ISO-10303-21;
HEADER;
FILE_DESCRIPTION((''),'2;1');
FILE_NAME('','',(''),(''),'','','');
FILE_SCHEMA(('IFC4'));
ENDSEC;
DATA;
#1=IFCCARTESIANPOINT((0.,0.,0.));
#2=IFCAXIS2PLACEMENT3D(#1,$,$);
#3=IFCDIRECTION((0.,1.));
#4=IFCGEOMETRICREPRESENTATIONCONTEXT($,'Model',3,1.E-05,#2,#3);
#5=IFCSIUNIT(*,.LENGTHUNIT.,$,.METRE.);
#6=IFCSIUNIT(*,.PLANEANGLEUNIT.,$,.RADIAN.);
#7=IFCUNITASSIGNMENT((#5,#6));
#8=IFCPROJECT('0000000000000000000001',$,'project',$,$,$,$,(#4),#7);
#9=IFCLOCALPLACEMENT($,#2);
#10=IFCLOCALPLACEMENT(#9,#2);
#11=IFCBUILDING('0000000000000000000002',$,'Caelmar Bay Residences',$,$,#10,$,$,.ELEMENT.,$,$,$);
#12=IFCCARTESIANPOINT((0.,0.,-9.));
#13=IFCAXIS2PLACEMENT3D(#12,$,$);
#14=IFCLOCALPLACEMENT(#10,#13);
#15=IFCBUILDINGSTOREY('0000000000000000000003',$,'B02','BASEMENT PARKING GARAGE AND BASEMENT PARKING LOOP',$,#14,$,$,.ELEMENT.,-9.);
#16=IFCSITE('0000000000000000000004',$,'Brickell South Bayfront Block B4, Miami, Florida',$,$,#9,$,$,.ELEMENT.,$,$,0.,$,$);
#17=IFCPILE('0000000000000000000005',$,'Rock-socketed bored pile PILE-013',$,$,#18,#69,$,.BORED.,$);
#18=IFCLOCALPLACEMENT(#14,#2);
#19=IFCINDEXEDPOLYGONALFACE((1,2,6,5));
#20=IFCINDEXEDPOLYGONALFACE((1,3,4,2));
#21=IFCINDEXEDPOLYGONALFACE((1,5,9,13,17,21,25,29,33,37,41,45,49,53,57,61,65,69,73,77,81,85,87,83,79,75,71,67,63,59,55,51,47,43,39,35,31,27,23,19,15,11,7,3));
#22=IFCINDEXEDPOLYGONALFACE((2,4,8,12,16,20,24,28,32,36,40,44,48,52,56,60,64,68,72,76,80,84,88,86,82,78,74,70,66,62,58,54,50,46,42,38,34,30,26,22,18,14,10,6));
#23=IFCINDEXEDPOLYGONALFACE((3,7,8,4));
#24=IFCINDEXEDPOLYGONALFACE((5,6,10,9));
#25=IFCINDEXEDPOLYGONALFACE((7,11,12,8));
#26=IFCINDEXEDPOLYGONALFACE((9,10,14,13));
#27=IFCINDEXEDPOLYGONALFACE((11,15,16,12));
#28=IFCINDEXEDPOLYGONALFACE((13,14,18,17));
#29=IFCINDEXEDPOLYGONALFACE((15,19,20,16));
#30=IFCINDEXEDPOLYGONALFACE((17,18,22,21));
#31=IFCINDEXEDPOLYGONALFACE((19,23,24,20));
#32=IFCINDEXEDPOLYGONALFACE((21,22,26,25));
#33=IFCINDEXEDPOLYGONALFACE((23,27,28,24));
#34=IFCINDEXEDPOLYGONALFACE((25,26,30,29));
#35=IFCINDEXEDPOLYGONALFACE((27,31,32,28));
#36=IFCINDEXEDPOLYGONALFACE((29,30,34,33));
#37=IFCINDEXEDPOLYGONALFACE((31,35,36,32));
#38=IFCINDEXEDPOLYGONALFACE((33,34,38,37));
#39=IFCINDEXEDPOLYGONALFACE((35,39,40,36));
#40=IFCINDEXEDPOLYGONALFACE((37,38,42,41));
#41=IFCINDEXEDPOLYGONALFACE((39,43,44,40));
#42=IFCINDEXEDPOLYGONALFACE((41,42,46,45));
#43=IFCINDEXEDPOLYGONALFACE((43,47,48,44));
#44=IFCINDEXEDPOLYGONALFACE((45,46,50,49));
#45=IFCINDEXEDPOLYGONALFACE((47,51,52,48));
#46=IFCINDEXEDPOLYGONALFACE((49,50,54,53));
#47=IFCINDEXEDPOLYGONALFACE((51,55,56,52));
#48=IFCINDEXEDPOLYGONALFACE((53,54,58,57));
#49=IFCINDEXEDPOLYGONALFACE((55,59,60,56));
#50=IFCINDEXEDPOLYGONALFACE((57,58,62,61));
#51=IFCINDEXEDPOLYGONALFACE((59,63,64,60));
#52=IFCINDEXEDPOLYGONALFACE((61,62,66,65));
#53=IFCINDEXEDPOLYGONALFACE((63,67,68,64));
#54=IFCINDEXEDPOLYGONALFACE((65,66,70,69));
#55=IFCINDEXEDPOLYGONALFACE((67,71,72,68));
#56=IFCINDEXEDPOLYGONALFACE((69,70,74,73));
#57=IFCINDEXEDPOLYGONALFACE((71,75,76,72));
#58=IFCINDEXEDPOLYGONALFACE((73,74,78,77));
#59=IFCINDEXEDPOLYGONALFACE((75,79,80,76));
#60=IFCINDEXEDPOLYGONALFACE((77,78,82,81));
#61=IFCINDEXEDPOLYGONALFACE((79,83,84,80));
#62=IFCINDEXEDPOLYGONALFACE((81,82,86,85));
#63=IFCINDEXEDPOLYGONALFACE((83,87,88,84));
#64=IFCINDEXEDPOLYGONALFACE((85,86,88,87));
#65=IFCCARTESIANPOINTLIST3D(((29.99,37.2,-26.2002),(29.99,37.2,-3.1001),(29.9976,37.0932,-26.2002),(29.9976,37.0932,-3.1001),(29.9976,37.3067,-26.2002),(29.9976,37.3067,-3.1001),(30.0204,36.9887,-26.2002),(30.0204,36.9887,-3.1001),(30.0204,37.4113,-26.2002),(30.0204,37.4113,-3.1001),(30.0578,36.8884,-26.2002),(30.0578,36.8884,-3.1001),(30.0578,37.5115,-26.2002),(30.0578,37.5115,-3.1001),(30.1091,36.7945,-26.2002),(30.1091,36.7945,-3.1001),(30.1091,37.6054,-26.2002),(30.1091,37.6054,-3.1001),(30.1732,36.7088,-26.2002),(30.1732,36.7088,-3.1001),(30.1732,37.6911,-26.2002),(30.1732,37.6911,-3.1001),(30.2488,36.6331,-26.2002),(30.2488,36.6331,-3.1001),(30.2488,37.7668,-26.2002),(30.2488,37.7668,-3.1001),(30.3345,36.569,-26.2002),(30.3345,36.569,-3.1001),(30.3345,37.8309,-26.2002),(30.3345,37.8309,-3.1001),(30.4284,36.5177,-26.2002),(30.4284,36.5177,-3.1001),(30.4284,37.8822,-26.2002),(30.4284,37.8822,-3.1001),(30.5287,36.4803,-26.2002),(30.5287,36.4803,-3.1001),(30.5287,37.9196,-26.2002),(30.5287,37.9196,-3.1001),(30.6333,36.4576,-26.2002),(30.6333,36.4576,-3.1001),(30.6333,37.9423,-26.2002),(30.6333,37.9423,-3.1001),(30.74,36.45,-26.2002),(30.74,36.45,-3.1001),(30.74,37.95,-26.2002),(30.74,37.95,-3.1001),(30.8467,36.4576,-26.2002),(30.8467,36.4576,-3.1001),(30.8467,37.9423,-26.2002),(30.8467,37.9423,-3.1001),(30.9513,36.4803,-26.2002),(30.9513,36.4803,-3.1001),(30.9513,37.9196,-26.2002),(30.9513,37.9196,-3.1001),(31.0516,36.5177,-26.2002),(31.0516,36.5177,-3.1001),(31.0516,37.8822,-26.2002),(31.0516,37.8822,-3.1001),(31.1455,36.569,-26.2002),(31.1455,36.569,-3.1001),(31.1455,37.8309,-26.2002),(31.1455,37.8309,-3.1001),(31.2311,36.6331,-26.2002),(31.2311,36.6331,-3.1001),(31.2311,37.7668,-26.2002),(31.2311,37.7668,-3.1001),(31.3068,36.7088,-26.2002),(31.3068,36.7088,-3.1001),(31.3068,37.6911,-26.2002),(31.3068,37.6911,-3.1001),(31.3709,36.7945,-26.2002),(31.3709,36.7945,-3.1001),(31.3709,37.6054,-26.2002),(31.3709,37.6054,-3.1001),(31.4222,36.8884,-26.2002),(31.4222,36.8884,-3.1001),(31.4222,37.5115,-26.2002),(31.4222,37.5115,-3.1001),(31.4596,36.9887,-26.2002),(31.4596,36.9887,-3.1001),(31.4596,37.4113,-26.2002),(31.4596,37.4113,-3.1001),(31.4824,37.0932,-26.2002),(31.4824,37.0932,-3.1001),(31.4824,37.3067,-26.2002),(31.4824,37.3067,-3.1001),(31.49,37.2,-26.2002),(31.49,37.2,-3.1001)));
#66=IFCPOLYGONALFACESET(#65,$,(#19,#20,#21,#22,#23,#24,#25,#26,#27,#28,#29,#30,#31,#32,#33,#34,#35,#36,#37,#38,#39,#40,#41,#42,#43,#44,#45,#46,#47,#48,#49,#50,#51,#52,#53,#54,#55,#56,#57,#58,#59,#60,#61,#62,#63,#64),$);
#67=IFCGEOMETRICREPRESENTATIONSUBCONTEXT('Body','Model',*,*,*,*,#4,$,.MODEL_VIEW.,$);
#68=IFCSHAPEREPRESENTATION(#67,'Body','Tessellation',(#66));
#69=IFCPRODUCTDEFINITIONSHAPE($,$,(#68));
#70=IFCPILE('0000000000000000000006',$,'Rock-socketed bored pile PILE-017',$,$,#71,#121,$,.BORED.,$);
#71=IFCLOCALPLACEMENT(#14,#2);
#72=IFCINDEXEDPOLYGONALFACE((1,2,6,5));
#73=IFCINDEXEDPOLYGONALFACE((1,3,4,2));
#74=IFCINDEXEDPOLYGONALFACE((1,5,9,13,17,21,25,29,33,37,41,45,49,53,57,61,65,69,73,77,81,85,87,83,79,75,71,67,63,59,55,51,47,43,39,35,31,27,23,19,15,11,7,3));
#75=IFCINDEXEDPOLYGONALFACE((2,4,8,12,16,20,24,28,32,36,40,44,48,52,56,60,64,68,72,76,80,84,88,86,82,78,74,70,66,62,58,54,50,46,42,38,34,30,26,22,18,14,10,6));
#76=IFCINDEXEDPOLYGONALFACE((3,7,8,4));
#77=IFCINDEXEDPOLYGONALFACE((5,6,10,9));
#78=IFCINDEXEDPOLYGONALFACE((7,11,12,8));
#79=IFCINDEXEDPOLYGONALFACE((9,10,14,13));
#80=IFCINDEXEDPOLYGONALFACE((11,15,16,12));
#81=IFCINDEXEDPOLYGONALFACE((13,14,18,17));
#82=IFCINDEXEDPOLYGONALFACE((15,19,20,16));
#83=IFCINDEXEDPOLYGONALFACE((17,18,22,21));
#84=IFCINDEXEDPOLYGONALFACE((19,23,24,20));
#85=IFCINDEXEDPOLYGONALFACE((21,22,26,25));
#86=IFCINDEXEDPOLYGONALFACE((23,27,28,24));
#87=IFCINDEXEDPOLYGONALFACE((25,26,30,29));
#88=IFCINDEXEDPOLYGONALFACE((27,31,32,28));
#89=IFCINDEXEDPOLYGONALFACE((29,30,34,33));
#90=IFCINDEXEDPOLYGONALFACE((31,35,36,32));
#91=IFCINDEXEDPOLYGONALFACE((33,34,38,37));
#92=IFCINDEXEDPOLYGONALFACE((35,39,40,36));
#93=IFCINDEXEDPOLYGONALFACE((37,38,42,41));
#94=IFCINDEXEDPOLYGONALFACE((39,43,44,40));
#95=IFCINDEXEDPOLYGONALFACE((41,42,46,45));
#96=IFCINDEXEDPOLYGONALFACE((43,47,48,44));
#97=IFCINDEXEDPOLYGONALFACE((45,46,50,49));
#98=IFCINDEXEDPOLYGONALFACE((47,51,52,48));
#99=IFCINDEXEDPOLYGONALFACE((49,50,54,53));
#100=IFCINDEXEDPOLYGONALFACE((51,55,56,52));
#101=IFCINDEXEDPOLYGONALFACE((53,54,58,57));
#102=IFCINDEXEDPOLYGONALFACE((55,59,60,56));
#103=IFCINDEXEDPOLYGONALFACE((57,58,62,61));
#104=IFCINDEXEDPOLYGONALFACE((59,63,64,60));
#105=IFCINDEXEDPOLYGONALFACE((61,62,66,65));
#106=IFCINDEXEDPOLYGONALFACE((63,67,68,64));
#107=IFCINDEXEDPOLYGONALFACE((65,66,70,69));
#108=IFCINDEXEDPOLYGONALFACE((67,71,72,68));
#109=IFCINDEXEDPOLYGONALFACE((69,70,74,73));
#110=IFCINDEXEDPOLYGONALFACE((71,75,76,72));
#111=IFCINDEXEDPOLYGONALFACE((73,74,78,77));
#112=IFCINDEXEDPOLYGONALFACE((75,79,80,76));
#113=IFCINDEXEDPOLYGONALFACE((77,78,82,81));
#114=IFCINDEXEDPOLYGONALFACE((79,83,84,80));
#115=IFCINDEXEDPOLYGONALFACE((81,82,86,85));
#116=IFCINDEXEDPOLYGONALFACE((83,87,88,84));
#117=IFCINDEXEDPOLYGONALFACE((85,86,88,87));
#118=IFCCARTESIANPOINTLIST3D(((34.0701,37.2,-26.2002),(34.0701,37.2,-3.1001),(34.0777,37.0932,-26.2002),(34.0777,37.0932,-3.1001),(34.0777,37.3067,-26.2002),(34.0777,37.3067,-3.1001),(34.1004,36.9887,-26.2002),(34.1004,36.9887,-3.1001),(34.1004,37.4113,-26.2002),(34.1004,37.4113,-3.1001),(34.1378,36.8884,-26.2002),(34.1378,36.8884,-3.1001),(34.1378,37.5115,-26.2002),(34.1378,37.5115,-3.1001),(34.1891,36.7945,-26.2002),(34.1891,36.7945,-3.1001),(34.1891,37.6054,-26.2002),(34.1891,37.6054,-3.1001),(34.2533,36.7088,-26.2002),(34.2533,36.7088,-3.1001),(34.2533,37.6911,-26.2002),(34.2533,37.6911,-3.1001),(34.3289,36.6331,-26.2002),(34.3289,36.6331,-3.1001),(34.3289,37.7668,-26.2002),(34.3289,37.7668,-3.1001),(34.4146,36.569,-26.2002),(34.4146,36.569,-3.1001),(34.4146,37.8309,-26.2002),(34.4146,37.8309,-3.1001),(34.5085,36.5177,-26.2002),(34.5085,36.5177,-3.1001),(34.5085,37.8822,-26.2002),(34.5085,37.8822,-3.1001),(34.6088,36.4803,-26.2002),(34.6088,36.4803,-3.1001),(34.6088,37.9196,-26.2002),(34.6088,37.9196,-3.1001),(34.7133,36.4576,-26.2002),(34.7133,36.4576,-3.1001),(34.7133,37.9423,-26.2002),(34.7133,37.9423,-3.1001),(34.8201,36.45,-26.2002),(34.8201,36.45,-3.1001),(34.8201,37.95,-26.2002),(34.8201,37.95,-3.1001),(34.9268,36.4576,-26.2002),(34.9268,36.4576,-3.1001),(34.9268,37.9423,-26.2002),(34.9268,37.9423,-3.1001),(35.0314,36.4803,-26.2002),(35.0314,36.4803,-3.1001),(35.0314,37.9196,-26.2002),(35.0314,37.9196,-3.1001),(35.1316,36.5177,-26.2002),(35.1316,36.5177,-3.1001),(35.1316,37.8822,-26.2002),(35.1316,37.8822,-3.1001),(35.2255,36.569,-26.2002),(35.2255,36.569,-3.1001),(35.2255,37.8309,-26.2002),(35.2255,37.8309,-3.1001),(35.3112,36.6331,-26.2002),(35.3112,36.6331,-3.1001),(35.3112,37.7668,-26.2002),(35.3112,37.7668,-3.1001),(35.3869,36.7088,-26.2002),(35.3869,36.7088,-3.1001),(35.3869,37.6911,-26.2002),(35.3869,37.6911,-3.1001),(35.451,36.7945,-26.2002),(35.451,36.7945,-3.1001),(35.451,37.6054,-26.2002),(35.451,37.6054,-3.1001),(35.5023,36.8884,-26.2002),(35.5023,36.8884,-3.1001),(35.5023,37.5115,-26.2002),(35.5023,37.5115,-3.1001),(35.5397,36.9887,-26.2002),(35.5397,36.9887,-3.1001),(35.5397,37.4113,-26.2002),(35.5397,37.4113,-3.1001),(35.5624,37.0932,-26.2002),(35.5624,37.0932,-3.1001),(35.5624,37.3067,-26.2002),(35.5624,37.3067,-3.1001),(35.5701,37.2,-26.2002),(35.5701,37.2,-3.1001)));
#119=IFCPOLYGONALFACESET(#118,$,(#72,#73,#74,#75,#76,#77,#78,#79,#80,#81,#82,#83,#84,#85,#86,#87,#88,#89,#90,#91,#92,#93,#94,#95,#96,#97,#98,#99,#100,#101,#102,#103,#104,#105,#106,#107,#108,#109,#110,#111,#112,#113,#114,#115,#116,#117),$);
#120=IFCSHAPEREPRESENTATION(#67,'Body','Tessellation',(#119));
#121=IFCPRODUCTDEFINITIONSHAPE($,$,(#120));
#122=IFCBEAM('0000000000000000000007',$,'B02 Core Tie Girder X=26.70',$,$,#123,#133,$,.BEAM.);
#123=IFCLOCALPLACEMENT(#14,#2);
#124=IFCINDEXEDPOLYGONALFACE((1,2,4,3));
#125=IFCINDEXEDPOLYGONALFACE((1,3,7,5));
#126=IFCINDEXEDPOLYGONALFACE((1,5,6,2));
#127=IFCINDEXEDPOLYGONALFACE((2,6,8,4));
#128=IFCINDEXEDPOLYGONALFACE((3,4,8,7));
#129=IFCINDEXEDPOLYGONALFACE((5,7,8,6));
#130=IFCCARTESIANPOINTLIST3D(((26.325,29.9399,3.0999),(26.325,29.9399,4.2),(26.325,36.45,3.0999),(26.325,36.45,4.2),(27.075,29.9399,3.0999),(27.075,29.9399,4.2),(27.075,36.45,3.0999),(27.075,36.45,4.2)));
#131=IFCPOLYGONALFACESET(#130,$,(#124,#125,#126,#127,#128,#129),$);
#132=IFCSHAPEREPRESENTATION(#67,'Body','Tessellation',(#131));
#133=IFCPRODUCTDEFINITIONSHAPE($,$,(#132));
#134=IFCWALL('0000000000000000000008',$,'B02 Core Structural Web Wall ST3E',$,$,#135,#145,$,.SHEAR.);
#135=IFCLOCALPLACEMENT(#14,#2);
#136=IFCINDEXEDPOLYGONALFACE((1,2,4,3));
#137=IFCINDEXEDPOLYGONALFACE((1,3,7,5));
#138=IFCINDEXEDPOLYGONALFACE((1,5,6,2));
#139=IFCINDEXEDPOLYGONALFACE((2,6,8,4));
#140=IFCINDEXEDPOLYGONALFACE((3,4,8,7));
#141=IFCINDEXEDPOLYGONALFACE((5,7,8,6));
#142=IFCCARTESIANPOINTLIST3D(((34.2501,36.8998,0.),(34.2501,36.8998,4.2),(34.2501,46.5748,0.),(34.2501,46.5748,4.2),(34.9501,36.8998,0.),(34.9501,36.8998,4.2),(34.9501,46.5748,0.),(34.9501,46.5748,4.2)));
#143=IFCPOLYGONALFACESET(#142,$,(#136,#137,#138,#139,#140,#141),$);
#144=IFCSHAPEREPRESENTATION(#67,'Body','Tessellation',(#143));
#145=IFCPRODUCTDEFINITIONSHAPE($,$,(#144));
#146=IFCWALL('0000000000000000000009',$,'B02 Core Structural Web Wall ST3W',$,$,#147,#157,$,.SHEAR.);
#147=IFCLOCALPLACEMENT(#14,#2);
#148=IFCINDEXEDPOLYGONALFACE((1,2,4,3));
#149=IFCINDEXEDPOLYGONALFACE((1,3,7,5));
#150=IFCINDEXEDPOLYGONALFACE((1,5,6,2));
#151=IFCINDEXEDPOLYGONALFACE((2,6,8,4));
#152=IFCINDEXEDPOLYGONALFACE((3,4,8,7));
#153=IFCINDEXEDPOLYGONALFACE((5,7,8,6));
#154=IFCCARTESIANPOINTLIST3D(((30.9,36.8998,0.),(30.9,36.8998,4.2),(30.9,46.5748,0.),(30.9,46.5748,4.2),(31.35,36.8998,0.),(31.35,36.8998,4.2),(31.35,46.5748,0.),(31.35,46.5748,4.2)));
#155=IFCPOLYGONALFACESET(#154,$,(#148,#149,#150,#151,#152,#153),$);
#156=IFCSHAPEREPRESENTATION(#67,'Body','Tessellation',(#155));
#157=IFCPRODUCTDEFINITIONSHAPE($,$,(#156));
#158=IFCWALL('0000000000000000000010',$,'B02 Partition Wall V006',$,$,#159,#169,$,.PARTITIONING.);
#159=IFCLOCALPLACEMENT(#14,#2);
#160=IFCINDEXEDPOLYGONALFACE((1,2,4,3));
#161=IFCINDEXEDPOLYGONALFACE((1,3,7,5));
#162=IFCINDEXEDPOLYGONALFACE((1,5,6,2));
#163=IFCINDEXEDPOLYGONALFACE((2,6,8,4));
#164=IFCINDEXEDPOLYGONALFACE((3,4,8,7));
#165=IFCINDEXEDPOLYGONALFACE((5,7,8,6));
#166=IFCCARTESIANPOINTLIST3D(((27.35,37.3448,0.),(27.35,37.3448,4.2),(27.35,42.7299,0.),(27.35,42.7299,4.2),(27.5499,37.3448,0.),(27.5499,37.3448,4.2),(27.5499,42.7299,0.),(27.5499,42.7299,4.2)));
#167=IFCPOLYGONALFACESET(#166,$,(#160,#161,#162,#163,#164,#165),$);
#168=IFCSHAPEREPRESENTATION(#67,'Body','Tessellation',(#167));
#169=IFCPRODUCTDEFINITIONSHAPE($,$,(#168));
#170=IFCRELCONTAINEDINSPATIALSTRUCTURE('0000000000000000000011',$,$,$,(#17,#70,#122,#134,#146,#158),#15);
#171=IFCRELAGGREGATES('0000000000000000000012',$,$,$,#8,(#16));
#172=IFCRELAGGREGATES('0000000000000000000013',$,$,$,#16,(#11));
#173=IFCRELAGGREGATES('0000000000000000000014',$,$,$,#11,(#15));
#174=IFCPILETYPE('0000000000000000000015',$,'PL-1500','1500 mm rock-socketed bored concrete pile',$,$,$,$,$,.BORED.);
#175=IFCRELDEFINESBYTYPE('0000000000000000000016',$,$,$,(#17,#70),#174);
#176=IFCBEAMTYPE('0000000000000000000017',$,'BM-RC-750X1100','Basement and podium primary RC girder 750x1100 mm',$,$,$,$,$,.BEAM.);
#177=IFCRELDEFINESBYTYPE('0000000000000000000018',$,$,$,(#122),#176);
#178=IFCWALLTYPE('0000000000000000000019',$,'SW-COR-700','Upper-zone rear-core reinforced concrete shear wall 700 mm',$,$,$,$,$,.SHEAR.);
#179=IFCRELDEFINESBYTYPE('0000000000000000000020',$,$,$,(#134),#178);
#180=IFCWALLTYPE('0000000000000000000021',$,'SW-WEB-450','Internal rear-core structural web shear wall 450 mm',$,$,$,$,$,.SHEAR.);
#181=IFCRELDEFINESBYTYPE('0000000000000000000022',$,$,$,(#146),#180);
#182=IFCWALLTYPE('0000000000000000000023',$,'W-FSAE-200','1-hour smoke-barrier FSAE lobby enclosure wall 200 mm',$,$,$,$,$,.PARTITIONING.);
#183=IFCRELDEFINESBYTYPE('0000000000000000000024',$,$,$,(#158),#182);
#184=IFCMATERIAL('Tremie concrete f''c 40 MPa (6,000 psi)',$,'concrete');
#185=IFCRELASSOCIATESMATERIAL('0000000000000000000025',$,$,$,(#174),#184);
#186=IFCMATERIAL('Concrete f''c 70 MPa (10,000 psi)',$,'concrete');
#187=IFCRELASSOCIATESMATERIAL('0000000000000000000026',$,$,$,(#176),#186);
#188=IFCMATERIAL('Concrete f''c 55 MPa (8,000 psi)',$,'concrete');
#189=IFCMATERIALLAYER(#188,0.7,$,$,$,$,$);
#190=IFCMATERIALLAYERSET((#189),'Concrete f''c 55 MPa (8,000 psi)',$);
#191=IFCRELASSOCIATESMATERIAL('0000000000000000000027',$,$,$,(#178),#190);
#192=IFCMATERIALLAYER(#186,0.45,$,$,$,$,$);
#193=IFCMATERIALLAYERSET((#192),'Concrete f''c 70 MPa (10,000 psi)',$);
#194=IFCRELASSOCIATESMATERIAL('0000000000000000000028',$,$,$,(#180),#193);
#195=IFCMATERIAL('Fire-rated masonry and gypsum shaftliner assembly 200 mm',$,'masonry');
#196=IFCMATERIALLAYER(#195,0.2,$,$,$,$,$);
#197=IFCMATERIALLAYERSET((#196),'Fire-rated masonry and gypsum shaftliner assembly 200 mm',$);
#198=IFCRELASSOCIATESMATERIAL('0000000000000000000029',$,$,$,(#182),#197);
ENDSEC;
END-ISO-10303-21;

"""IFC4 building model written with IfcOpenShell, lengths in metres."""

from ifc_helpers import new_model, si_unit, direction, frame, frame_2d, origin, origin_2d, place, context, subcontext, project, spatial, rectangle, circle, extrude, material, layer, layer_set, material_profile, profile_set, type_object, element, save


model = new_model("IFC4")

# Units and contexts
model_context = context("Model", 3, precision=1e-05, world=origin(), true_north=direction((0.0, 1.0)))
body_context = subcontext(model_context, "Body", "Model", "MODEL_VIEW")
ifc_project = project(units=[si_unit("LENGTHUNIT", "METRE"), si_unit("PLANEANGLEUNIT", "RADIAN")], contexts=[model_context])

# Site, building, storey
site_placement = place(None, origin())
site = spatial("IfcSite", under=ifc_project, at=site_placement, Name="Brickell South Bayfront Block B4, Miami, Florida", CompositionType="ELEMENT", RefElevation=0.0)
building_placement = place(site_placement, origin())
building = spatial("IfcBuilding", under=site, at=building_placement, Name="Caelmar Bay Residences", CompositionType="ELEMENT")
storey_placement = place(building_placement, frame((0.0, 0.0, -9.0)))
storey = spatial("IfcBuildingStorey", under=building, at=storey_placement, Name="B02", Description="BASEMENT PARKING GARAGE AND BASEMENT PARKING LOOP", CompositionType="ELEMENT", Elevation=-9.0)

# Piles
ifc_material_1 = material(Name="Tremie concrete f'c 40 MPa (6,000 psi)", Category="concrete")
ifc_material_profile_1 = material_profile(ifc_material_1, circle(Radius=0.75, at=origin_2d()), Name="PILE-1500D")
ifc_profile_set_1 = profile_set([ifc_material_profile_1], Name="Tremie concrete f'c 40 MPa (6,000 psi)")
pile_type_1 = type_object("IfcPileType", Name="PL-1500", Description="1500 mm rock-socketed bored concrete pile", PredefinedType="BORED", material=ifc_profile_set_1)
for number, where, z_axis, x_axis, name in (
    (1, (30.74, 37.2, -3.1001), (0.0, 0.0, -1.0), (1.0, 0.0, 0.0), "Rock-socketed bored pile PILE-013"),
    (2, (34.8201, 37.2, -3.1001), (0.0, 0.0, -1.0), (1.0, 0.0, 0.0), "Rock-socketed bored pile PILE-017"),
):
    element("IfcPile", number, at=place(storey_placement, frame(where, z_axis=z_axis, x_axis=x_axis)), inside=storey, type_object=pile_type_1, Name=name, PredefinedType="BORED", context=body_context, shape_type="SweptSolid", body=[
        extrude(circle(Radius=0.75, at=origin_2d()), origin(), (0.0, 0.0, 1.0), 23.1001),
    ])

# Beam
ifc_material_2 = material(Name="Concrete f'c 70 MPa (10,000 psi)", Category="concrete")
ifc_material_profile_2 = material_profile(ifc_material_2, rectangle(XDim=0.75, YDim=1.1001, at=origin_2d()), Name="RC-BM-750X1100")
ifc_profile_set_2 = profile_set([ifc_material_profile_2], Name="Concrete f'c 70 MPa (10,000 psi)")
beam_type = type_object("IfcBeamType", Name="BM-RC-750X1100", Description="Basement and podium primary RC girder 750x1100 mm", PredefinedType="BEAM", material=ifc_profile_set_2)
beam_placement = place(storey_placement, frame((26.7, 29.9399, 3.6499), z_axis=(0.0, 1.0, 0.0), x_axis=(-1.0, 0.0, 0.0)))
element("IfcBeam", 3, at=beam_placement, inside=storey, type_object=beam_type, Name="B02 Core Tie Girder X=26.70", PredefinedType="BEAM", context=body_context, shape_type="SweptSolid", body=[
    extrude(rectangle(XDim=0.75, YDim=1.1001, at=origin_2d()), origin(), (0.0, 0.0, 1.0), 6.51),
])

# Shared definitions
ifc_material_3 = material(Name="Concrete f'c 55 MPa (8,000 psi)", Category="concrete")
ifc_layer_1 = layer(ifc_material_3, 0.7)
ifc_layer_set_1 = layer_set([ifc_layer_1], Name="Concrete f'c 55 MPa (8,000 psi)")
wall_type_1 = type_object("IfcWallType", Name="SW-COR-700", Description="Upper-zone rear-core reinforced concrete shear wall 700 mm", PredefinedType="SHEAR", material=ifc_layer_set_1)

# Walls
wall_1_placement = place(storey_placement, frame((34.6001, 36.8999, 0.0), z_axis=(0.0, 0.0, 1.0), x_axis=(0.0, 1.0, 0.0)))
element("IfcWall", 4, at=wall_1_placement, inside=storey, type_object=wall_type_1, Name="B02 Core Structural Web Wall ST3E", PredefinedType="SHEAR", context=body_context, shape_type="SweptSolid", body=[
    extrude(rectangle(XDim=9.675, YDim=0.7, at=frame_2d((4.8374, 0.0))), origin(), (0.0, 0.0, 1.0), 4.2),
])
ifc_layer_2 = layer(ifc_material_2, 0.45)
ifc_layer_set_2 = layer_set([ifc_layer_2], Name="Concrete f'c 70 MPa (10,000 psi)")
wall_type_2 = type_object("IfcWallType", Name="SW-WEB-450", Description="Internal rear-core structural web shear wall 450 mm", PredefinedType="SHEAR", material=ifc_layer_set_2)
wall_2_placement = place(storey_placement, frame((31.125, 36.8999, 0.0), z_axis=(0.0, 0.0, 1.0), x_axis=(0.0, 1.0, 0.0)))
element("IfcWall", 5, at=wall_2_placement, inside=storey, type_object=wall_type_2, Name="B02 Core Structural Web Wall ST3W", PredefinedType="SHEAR", context=body_context, shape_type="SweptSolid", body=[
    extrude(rectangle(XDim=9.675, YDim=0.45, at=frame_2d((4.8374, 0.0))), origin(), (0.0, 0.0, 1.0), 4.2),
])
ifc_material_4 = material(Name="Fire-rated masonry and gypsum shaftliner assembly 200 mm", Category="masonry")
ifc_layer_3 = layer(ifc_material_4, 0.2)
ifc_layer_set_3 = layer_set([ifc_layer_3], Name="Fire-rated masonry and gypsum shaftliner assembly 200 mm")
wall_type_3 = type_object("IfcWallType", Name="W-FSAE-200", Description="1-hour smoke-barrier FSAE lobby enclosure wall 200 mm", PredefinedType="PARTITIONING", material=ifc_layer_set_3)
wall_3_placement = place(storey_placement, frame((27.45, 37.345, 0.0), z_axis=(0.0, 0.0, 1.0), x_axis=(0.0, 1.0, 0.0)))
element("IfcWall", 6, at=wall_3_placement, inside=storey, type_object=wall_type_3, Name="B02 Partition Wall V006", PredefinedType="PARTITIONING", context=body_context, shape_type="SweptSolid", body=[
    extrude(rectangle(XDim=5.385, YDim=0.2, at=frame_2d((2.6924, 0.0))), origin(), (0.0, 0.0, 1.0), 4.2),
])

save(model, "model.ifc")
